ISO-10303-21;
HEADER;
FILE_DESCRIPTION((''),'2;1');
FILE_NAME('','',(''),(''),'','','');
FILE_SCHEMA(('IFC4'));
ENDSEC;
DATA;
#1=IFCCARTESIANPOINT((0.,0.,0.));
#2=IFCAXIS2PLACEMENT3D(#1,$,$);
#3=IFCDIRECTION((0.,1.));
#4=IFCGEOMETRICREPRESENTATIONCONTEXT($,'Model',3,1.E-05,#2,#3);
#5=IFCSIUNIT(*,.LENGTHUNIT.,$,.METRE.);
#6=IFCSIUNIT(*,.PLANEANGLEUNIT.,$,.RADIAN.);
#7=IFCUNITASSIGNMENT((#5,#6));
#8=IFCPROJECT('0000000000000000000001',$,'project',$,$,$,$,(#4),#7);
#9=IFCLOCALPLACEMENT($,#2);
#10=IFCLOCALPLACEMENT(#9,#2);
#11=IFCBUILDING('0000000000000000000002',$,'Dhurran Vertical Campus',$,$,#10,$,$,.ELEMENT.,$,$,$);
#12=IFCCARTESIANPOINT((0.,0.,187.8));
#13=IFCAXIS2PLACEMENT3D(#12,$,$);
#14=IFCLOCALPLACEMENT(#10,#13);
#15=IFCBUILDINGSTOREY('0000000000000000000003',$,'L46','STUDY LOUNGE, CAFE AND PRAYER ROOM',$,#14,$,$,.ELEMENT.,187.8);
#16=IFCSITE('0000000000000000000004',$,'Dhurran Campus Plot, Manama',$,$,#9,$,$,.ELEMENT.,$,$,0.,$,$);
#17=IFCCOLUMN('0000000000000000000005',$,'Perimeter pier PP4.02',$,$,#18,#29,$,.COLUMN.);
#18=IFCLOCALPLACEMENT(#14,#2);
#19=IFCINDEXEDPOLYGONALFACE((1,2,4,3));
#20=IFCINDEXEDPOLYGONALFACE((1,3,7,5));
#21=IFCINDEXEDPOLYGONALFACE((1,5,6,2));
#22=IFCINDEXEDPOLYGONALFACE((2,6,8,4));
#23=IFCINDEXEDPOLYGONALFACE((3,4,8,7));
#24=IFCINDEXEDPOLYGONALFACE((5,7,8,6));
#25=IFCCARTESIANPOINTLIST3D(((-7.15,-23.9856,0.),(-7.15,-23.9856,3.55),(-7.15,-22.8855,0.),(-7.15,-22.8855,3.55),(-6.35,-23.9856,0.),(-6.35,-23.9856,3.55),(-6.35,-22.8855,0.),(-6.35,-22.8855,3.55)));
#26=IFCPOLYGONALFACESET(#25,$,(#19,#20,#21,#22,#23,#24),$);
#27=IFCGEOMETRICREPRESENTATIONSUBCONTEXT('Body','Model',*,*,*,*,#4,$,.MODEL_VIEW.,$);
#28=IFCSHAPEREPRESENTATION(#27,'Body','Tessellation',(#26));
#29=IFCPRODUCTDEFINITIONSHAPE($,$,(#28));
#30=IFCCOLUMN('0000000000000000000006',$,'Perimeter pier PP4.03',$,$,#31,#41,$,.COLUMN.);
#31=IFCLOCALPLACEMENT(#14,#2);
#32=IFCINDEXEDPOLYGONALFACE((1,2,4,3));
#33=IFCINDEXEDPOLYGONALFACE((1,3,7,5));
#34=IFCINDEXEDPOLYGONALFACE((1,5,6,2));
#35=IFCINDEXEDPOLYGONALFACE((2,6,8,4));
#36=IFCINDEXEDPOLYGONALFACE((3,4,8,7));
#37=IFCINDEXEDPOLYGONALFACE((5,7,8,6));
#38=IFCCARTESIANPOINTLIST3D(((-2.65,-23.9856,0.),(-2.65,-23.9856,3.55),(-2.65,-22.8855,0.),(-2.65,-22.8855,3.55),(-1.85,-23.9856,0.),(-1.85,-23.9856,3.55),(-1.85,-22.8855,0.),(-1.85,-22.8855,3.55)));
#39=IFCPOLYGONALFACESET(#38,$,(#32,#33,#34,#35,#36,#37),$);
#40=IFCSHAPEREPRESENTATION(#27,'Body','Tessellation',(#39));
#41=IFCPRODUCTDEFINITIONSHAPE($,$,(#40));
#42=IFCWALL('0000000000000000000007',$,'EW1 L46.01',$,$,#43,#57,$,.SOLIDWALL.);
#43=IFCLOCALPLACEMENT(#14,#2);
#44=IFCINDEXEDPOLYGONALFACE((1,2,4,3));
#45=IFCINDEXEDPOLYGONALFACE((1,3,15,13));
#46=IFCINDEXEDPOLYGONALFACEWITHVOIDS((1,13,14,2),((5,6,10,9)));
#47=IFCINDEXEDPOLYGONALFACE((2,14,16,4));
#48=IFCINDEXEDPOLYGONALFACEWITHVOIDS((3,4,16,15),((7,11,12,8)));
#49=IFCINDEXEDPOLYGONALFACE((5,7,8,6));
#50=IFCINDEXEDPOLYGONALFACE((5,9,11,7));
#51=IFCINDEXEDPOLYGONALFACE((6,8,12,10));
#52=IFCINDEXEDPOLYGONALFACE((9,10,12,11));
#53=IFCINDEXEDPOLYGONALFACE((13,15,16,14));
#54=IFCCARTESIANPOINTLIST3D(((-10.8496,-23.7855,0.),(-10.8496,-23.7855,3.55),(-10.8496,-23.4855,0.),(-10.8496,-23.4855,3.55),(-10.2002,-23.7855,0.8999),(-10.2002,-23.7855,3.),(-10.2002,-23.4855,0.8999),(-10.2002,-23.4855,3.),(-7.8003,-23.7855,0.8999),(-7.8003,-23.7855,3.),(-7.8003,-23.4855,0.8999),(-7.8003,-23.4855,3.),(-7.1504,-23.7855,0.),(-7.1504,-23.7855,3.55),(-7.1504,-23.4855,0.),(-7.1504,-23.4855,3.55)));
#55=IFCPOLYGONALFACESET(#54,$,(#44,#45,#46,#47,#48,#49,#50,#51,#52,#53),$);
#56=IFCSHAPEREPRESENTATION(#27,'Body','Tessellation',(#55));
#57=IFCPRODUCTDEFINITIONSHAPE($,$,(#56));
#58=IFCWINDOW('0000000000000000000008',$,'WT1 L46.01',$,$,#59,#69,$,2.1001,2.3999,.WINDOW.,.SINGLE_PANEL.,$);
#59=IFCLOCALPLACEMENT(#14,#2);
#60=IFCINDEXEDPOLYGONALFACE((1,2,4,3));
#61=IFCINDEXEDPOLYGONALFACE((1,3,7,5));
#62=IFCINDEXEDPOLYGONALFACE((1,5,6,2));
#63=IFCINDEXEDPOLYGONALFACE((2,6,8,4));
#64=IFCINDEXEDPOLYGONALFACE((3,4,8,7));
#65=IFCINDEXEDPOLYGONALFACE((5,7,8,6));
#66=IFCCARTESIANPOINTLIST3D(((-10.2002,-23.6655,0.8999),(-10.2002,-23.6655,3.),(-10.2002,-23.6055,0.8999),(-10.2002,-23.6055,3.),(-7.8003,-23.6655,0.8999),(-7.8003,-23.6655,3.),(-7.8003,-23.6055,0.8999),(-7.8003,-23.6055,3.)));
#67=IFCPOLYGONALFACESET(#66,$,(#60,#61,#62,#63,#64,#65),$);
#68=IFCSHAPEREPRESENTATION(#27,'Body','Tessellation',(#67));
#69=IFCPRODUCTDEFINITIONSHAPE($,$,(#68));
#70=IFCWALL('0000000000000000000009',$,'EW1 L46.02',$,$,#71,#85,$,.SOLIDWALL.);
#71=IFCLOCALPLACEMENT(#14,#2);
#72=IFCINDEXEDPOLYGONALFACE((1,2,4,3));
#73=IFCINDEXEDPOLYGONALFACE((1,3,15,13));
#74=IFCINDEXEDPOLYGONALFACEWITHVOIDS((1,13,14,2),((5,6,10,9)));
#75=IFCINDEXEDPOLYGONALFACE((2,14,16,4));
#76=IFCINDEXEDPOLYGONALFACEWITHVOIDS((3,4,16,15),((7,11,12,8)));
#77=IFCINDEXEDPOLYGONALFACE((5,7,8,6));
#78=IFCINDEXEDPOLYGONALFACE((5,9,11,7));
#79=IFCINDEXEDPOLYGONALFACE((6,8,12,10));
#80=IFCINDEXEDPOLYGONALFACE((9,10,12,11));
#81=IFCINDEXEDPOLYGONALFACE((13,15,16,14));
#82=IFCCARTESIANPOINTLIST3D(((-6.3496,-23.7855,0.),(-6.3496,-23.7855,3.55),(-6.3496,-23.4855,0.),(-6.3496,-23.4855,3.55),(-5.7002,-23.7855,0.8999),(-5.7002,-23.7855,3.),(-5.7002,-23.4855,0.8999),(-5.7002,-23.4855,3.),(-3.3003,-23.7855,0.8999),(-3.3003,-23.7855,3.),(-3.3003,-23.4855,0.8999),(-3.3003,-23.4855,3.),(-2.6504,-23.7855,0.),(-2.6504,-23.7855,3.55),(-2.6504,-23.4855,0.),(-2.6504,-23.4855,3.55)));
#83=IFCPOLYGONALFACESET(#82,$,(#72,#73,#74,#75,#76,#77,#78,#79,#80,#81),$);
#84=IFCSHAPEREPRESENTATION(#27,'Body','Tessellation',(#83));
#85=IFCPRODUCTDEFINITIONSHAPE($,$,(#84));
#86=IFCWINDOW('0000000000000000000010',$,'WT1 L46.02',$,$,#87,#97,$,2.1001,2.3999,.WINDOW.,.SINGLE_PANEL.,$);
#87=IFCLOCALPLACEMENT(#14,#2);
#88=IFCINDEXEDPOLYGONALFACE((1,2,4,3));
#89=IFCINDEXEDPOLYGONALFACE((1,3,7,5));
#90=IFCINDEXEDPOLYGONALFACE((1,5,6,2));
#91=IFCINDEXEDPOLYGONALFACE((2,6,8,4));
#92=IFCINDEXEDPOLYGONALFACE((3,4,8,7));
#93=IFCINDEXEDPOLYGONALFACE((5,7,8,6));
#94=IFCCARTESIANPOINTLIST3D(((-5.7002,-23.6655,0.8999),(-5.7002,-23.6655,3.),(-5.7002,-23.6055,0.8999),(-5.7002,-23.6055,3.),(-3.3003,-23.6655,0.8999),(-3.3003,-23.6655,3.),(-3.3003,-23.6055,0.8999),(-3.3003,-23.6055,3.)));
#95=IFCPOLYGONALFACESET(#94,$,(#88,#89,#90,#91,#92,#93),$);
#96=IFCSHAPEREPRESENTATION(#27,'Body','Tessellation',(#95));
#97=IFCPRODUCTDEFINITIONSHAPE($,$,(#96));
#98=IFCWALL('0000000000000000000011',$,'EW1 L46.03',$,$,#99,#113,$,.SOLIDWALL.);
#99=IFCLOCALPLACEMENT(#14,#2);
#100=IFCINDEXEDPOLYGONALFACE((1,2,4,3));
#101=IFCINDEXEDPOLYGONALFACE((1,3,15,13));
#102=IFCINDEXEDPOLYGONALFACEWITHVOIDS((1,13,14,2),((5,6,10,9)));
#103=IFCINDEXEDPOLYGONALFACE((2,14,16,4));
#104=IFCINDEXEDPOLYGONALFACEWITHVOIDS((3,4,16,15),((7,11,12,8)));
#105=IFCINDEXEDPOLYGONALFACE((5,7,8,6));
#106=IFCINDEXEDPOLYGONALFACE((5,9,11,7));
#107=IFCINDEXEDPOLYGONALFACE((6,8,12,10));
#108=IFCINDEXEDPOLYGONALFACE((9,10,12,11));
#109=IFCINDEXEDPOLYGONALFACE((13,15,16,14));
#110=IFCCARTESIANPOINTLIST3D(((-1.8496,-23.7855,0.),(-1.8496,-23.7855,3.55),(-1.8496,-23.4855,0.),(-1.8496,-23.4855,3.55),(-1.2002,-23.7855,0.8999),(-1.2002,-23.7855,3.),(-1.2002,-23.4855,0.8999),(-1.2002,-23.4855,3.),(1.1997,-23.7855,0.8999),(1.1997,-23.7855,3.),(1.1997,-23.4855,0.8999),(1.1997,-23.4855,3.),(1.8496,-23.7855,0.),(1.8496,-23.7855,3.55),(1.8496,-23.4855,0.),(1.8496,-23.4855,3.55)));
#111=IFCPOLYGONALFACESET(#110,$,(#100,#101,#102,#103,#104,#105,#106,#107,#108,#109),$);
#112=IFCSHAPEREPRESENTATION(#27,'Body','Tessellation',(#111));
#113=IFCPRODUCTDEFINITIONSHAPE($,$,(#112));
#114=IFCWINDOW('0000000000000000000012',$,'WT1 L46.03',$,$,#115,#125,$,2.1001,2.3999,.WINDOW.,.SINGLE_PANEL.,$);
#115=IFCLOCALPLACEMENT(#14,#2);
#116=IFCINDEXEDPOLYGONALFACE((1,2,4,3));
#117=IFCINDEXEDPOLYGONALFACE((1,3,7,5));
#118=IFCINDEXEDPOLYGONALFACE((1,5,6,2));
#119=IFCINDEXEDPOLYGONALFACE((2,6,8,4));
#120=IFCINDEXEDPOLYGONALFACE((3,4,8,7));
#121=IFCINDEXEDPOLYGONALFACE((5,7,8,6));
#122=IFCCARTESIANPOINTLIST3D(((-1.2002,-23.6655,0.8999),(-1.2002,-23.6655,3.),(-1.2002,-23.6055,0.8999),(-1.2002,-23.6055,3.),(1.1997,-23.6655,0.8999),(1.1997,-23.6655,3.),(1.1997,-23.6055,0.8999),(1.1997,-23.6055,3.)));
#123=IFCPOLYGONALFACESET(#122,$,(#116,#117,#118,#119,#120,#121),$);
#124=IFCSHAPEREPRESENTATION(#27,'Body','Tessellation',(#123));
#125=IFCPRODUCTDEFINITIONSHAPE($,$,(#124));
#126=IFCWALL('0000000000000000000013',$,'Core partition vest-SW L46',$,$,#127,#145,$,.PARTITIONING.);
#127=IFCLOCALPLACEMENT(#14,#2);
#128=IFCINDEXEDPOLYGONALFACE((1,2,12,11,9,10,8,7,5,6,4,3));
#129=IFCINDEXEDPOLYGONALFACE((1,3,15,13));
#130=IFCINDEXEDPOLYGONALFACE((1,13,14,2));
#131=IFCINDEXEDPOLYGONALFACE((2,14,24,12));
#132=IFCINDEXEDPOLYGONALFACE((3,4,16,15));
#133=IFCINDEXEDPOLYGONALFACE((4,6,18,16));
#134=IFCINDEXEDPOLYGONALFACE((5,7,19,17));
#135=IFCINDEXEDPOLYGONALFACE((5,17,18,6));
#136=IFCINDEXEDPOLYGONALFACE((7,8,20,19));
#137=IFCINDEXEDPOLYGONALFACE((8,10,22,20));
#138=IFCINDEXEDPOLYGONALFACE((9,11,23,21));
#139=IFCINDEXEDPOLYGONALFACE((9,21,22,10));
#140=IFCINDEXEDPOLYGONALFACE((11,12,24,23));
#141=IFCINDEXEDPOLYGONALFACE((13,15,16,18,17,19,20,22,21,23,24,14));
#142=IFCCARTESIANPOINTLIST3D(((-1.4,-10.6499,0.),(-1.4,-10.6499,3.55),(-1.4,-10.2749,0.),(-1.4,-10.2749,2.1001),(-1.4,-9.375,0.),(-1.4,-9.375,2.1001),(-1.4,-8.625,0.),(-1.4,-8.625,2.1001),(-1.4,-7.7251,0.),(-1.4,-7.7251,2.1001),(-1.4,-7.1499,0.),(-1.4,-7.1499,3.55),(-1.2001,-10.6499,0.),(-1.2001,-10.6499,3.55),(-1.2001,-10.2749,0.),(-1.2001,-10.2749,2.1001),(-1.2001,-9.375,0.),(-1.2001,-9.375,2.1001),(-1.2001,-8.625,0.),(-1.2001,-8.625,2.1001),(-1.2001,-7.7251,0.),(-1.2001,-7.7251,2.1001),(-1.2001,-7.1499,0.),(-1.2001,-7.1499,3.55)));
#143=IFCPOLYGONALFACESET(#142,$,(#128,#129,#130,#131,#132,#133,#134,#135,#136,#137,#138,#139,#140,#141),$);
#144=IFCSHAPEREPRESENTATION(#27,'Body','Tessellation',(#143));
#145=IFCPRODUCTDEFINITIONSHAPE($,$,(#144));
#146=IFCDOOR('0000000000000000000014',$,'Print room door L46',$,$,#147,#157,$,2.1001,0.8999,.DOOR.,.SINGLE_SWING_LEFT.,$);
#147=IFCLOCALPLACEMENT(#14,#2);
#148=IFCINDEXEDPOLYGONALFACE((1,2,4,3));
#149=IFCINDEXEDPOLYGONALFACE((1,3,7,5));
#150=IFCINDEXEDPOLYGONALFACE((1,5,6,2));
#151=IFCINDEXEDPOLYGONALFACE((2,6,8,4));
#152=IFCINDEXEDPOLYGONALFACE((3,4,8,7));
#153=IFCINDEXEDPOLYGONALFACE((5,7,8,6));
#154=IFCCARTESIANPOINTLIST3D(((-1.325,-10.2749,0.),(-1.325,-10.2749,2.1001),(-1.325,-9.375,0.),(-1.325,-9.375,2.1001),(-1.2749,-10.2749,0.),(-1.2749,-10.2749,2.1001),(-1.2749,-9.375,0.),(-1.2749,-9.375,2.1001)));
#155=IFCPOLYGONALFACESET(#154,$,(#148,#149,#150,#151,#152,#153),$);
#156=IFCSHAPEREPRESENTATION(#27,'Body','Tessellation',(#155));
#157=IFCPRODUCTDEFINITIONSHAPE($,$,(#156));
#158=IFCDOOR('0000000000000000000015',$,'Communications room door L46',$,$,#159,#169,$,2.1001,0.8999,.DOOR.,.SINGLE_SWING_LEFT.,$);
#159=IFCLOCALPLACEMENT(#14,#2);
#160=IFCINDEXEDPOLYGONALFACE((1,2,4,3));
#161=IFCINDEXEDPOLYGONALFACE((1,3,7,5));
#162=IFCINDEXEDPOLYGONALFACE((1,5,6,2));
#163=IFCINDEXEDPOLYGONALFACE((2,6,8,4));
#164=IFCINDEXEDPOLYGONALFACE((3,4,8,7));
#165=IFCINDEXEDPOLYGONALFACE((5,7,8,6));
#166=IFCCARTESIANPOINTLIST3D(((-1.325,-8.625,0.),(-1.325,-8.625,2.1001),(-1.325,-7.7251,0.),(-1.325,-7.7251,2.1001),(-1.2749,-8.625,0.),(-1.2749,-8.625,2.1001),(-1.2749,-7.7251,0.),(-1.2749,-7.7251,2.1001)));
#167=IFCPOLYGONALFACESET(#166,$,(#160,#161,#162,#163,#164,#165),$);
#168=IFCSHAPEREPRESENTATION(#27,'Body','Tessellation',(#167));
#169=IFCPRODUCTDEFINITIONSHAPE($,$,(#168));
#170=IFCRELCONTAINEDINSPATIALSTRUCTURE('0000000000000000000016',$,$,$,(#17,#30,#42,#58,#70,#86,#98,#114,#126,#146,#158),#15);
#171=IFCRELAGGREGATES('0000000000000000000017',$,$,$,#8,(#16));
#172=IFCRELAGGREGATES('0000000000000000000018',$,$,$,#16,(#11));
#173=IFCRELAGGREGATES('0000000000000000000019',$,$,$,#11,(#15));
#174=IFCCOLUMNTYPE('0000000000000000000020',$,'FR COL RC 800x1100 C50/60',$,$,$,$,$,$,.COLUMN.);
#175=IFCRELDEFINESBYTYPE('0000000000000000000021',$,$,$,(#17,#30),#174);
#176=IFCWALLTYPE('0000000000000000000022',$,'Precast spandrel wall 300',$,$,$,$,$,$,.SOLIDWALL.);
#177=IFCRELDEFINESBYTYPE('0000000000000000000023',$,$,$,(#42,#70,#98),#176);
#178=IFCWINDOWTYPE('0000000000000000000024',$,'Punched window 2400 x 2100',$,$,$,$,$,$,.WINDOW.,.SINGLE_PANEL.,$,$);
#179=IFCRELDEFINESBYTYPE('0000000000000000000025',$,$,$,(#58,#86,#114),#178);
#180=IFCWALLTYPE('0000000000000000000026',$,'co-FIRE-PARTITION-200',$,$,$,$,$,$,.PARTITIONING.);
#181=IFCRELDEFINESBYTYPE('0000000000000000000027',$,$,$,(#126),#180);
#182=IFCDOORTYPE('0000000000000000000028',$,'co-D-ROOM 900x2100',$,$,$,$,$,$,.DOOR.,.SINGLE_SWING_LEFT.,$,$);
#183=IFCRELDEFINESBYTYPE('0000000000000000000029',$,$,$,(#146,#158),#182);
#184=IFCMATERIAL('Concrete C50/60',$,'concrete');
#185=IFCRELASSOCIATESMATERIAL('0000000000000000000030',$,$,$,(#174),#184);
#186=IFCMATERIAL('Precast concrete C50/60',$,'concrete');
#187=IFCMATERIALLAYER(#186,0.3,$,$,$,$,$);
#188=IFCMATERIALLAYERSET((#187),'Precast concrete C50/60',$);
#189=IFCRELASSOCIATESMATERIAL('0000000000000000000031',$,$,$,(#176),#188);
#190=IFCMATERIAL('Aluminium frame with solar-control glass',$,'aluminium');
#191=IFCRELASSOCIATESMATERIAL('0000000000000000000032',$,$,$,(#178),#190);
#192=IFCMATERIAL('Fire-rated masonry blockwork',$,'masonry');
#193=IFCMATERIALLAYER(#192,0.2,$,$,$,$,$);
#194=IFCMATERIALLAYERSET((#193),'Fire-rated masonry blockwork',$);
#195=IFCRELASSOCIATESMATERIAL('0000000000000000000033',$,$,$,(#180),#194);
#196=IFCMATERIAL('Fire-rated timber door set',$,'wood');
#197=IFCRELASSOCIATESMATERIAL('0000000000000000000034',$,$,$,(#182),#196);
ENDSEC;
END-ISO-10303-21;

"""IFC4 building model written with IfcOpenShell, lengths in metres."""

from ifc_helpers import new_model, si_unit, direction, frame, frame_2d, origin, origin_2d, place, context, subcontext, project, spatial, rectangle, extrude, material, layer, layer_set, material_profile, profile_set, type_object, element, fill, save


model = new_model("IFC4")

# Units and contexts
model_context = context("Model", 3, precision=1e-05, world=origin(), true_north=direction((0.0, 1.0)))
body_context = subcontext(model_context, "Body", "Model", "MODEL_VIEW")
ifc_project = project(units=[si_unit("LENGTHUNIT", "METRE"), si_unit("PLANEANGLEUNIT", "RADIAN")], contexts=[model_context])

# Site, building, storey
site_placement = place(None, origin())
site = spatial("IfcSite", under=ifc_project, at=site_placement, Name="Dhurran Campus Plot, Manama", CompositionType="ELEMENT", RefElevation=0.0)
building_placement = place(site_placement, origin())
building = spatial("IfcBuilding", under=site, at=building_placement, Name="Dhurran Vertical Campus", CompositionType="ELEMENT")
storey_placement = place(building_placement, frame((0.0, 0.0, 187.8)))
storey = spatial("IfcBuildingStorey", under=building, at=storey_placement, Name="L46", Description="STUDY LOUNGE, CAFE AND PRAYER ROOM", CompositionType="ELEMENT", Elevation=187.8)

# Columns
ifc_material_1 = material(Name="Concrete C50/60", Category="concrete")
ifc_material_profile = material_profile(ifc_material_1, rectangle(XDim=0.8, YDim=1.1001, at=origin_2d()), Name="RC 800x1100")
ifc_profile_set = profile_set([ifc_material_profile], Name="Concrete C50/60")
column_type = type_object("IfcColumnType", Name="FR COL RC 800x1100 C50/60", PredefinedType="COLUMN", material=ifc_profile_set)
for number, where, z_axis, x_axis, name in (
    (1, (-6.75, -23.4355, 0.0), (0.0, 0.0, 1.0), (1.0, 0.0, 0.0), "Perimeter pier PP4.02"),
    (2, (-2.25, -23.4355, 0.0), (0.0, 0.0, 1.0), (1.0, 0.0, 0.0), "Perimeter pier PP4.03"),
):
    element("IfcColumn", number, at=place(storey_placement, frame(where, z_axis=z_axis, x_axis=x_axis)), inside=storey, type_object=column_type, Name=name, PredefinedType="COLUMN", context=body_context, shape_type="SweptSolid", body=[
        extrude(rectangle(XDim=0.8, YDim=1.1001, at=origin_2d()), origin(), (0.0, 0.0, 1.0), 3.55),
    ])

# Walls, openings, windows
ifc_material_2 = material(Name="Precast concrete C50/60", Category="concrete")
ifc_layer_1 = layer(ifc_material_2, 0.3)
ifc_layer_set_1 = layer_set([ifc_layer_1], Name="Precast concrete C50/60")
wall_type_1 = type_object("IfcWallType", Name="Precast spandrel wall 300", PredefinedType="SOLIDWALL", material=ifc_layer_set_1)
wall_1_placement = place(storey_placement, frame((-10.8496, -23.6355, 0.0), z_axis=(0.0, 0.0, 1.0), x_axis=(1.0, 0.0, 0.0)))
wall_1 = element("IfcWall", 3, at=wall_1_placement, inside=storey, type_object=wall_type_1, Name="EW1 L46.01", PredefinedType="SOLIDWALL", context=body_context, shape_type="SweptSolid", body=[
    extrude(rectangle(XDim=3.6992, YDim=0.3, at=frame_2d((1.8496, 0.0))), origin(), (0.0, 0.0, 1.0), 3.55),
])
opening_1_placement = place(wall_1_placement, frame((0.6494, 0.0, 0.8999)))
opening_1 = element("IfcOpeningElement", 4, at=opening_1_placement, cuts=wall_1, PredefinedType="OPENING", context=body_context, shape_type="SweptSolid", body=[
    extrude(rectangle(XDim=2.3999, YDim=2.1001, at=frame_2d((1.2, 1.05))), frame((0.0, 0.1599, 0.0), z_axis=(0.0, -1.0, 0.0), x_axis=(1.0, 0.0, 0.0)), (0.0, 0.0, 1.0), 0.3201),
])
ifc_material_3 = material(Name="Aluminium frame with solar-control glass", Category="aluminium")
window_type = type_object("IfcWindowType", Name="Punched window 2400 x 2100", PartitioningType="SINGLE_PANEL", PredefinedType="WINDOW", material=ifc_material_3)
window_1_placement = place(opening_1_placement, origin())
window_1 = element("IfcWindow", 5, at=window_1_placement, inside=storey, type_object=window_type, Name="WT1 L46.01", OverallHeight=2.1001, OverallWidth=2.3999, PartitioningType="SINGLE_PANEL", PredefinedType="WINDOW", context=body_context, shape_type="SweptSolid", body=[
    extrude(rectangle(XDim=2.3999, YDim=2.1001, at=frame_2d((1.2, 1.05))), frame((0.0, 0.03, 0.0), z_axis=(0.0, -1.0, 0.0), x_axis=(1.0, 0.0, 0.0)), (0.0, 0.0, 1.0), 0.0601),
])
fill(opening_1, window_1)
wall_2_placement = place(storey_placement, frame((-6.3496, -23.6355, 0.0), z_axis=(0.0, 0.0, 1.0), x_axis=(1.0, 0.0, 0.0)))
wall_2 = element("IfcWall", 6, at=wall_2_placement, inside=storey, type_object=wall_type_1, Name="EW1 L46.02", PredefinedType="SOLIDWALL", context=body_context, shape_type="SweptSolid", body=[
    extrude(rectangle(XDim=3.6992, YDim=0.3, at=frame_2d((1.8496, 0.0))), origin(), (0.0, 0.0, 1.0), 3.55),
])
opening_2_placement = place(wall_2_placement, frame((0.6494, 0.0, 0.8999)))
opening_2 = element("IfcOpeningElement", 7, at=opening_2_placement, cuts=wall_2, PredefinedType="OPENING", context=body_context, shape_type="SweptSolid", body=[
    extrude(rectangle(XDim=2.3999, YDim=2.1001, at=frame_2d((1.2, 1.05))), frame((0.0, 0.1599, 0.0), z_axis=(0.0, -1.0, 0.0), x_axis=(1.0, 0.0, 0.0)), (0.0, 0.0, 1.0), 0.3201),
])
window_2_placement = place(opening_2_placement, origin())
window_2 = element("IfcWindow", 8, at=window_2_placement, inside=storey, type_object=window_type, Name="WT1 L46.02", OverallHeight=2.1001, OverallWidth=2.3999, PartitioningType="SINGLE_PANEL", PredefinedType="WINDOW", context=body_context, shape_type="SweptSolid", body=[
    extrude(rectangle(XDim=2.3999, YDim=2.1001, at=frame_2d((1.2, 1.05))), frame((0.0, 0.03, 0.0), z_axis=(0.0, -1.0, 0.0), x_axis=(1.0, 0.0, 0.0)), (0.0, 0.0, 1.0), 0.0601),
])
fill(opening_2, window_2)
wall_3_placement = place(storey_placement, frame((-1.8496, -23.6355, 0.0), z_axis=(0.0, 0.0, 1.0), x_axis=(1.0, 0.0, 0.0)))
wall_3 = element("IfcWall", 9, at=wall_3_placement, inside=storey, type_object=wall_type_1, Name="EW1 L46.03", PredefinedType="SOLIDWALL", context=body_context, shape_type="SweptSolid", body=[
    extrude(rectangle(XDim=3.6992, YDim=0.3, at=frame_2d((1.8496, 0.0))), origin(), (0.0, 0.0, 1.0), 3.55),
])
opening_3_placement = place(wall_3_placement, frame((0.6494, 0.0, 0.8999)))
opening_3 = element("IfcOpeningElement", 10, at=opening_3_placement, cuts=wall_3, PredefinedType="OPENING", context=body_context, shape_type="SweptSolid", body=[
    extrude(rectangle(XDim=2.3999, YDim=2.1001, at=frame_2d((1.2, 1.05))), frame((0.0, 0.1599, 0.0), z_axis=(0.0, -1.0, 0.0), x_axis=(1.0, 0.0, 0.0)), (0.0, 0.0, 1.0), 0.3201),
])
window_3_placement = place(opening_3_placement, origin())
window_3 = element("IfcWindow", 11, at=window_3_placement, inside=storey, type_object=window_type, Name="WT1 L46.03", OverallHeight=2.1001, OverallWidth=2.3999, PartitioningType="SINGLE_PANEL", PredefinedType="WINDOW", context=body_context, shape_type="SweptSolid", body=[
    extrude(rectangle(XDim=2.3999, YDim=2.1001, at=frame_2d((1.2, 1.05))), frame((0.0, 0.03, 0.0), z_axis=(0.0, -1.0, 0.0), x_axis=(1.0, 0.0, 0.0)), (0.0, 0.0, 1.0), 0.0601),
])
fill(opening_3, window_3)

# Wall, openings, doors
ifc_material_4 = material(Name="Fire-rated masonry blockwork", Category="masonry")
ifc_layer_2 = layer(ifc_material_4, 0.2)
ifc_layer_set_2 = layer_set([ifc_layer_2], Name="Fire-rated masonry blockwork")
wall_type_2 = type_object("IfcWallType", Name="co-FIRE-PARTITION-200", PredefinedType="PARTITIONING", material=ifc_layer_set_2)
wall_4_placement = place(storey_placement, frame((-1.3, -10.6499, 0.0), z_axis=(0.0, 0.0, 1.0), x_axis=(0.0, 1.0, 0.0)))
wall_4 = element("IfcWall", 12, at=wall_4_placement, inside=storey, type_object=wall_type_2, Name="Core partition vest-SW L46", PredefinedType="PARTITIONING", context=body_context, shape_type="SweptSolid", body=[
    extrude(rectangle(XDim=3.5, YDim=0.2, at=frame_2d((1.75, 0.0))), origin(), (0.0, 0.0, 1.0), 3.55),
])
opening_4_placement = place(wall_4_placement, frame((0.375, 0.0, 0.0)))
opening_4 = element("IfcOpeningElement", 13, at=opening_4_placement, cuts=wall_4, PredefinedType="OPENING", context=body_context, shape_type="SweptSolid", body=[
    extrude(rectangle(XDim=0.8999, YDim=2.1001, at=frame_2d((0.45, 1.05))), frame((0.0, 0.1099, 0.0), z_axis=(0.0, -1.0, 0.0), x_axis=(1.0, 0.0, 0.0)), (0.0, 0.0, 1.0), 0.22),
])
opening_5_placement = place(wall_4_placement, frame((2.0249, 0.0, 0.0)))
opening_5 = element("IfcOpeningElement", 14, at=opening_5_placement, cuts=wall_4, PredefinedType="OPENING", context=body_context, shape_type="SweptSolid", body=[
    extrude(rectangle(XDim=0.8999, YDim=2.1001, at=frame_2d((0.45, 1.05))), frame((0.0, 0.1099, 0.0), z_axis=(0.0, -1.0, 0.0), x_axis=(1.0, 0.0, 0.0)), (0.0, 0.0, 1.0), 0.22),
])
ifc_material_5 = material(Name="Fire-rated timber door set", Category="wood")
door_type_1 = type_object("IfcDoorType", Name="co-D-ROOM 900x2100", OperationType="SINGLE_SWING_LEFT", PredefinedType="DOOR", material=ifc_material_5)
door_1_placement = place(opening_4_placement, origin())
door_1 = element("IfcDoor", 15, at=door_1_placement, inside=storey, type_object=door_type_1, Name="Print room door L46", OperationType="SINGLE_SWING_LEFT", OverallHeight=2.1001, OverallWidth=0.8999, PredefinedType="DOOR", context=body_context, shape_type="SweptSolid", body=[
    extrude(rectangle(XDim=0.8999, YDim=2.1001, at=frame_2d((0.45, 1.05))), frame((0.0, 0.0249, 0.0), z_axis=(0.0, -1.0, 0.0), x_axis=(1.0, 0.0, 0.0)), (0.0, 0.0, 1.0), 0.05),
])
fill(opening_4, door_1)
door_2_placement = place(opening_5_placement, origin())
door_2 = element("IfcDoor", 16, at=door_2_placement, inside=storey, type_object=door_type_1, Name="Communications room door L46", OperationType="SINGLE_SWING_LEFT", OverallHeight=2.1001, OverallWidth=0.8999, PredefinedType="DOOR", context=body_context, shape_type="SweptSolid", body=[
    extrude(rectangle(XDim=0.8999, YDim=2.1001, at=frame_2d((0.45, 1.05))), frame((0.0, 0.0249, 0.0), z_axis=(0.0, -1.0, 0.0), x_axis=(1.0, 0.0, 0.0)), (0.0, 0.0, 1.0), 0.05),
])
fill(opening_5, door_2)

save(model, "model.ifc")
